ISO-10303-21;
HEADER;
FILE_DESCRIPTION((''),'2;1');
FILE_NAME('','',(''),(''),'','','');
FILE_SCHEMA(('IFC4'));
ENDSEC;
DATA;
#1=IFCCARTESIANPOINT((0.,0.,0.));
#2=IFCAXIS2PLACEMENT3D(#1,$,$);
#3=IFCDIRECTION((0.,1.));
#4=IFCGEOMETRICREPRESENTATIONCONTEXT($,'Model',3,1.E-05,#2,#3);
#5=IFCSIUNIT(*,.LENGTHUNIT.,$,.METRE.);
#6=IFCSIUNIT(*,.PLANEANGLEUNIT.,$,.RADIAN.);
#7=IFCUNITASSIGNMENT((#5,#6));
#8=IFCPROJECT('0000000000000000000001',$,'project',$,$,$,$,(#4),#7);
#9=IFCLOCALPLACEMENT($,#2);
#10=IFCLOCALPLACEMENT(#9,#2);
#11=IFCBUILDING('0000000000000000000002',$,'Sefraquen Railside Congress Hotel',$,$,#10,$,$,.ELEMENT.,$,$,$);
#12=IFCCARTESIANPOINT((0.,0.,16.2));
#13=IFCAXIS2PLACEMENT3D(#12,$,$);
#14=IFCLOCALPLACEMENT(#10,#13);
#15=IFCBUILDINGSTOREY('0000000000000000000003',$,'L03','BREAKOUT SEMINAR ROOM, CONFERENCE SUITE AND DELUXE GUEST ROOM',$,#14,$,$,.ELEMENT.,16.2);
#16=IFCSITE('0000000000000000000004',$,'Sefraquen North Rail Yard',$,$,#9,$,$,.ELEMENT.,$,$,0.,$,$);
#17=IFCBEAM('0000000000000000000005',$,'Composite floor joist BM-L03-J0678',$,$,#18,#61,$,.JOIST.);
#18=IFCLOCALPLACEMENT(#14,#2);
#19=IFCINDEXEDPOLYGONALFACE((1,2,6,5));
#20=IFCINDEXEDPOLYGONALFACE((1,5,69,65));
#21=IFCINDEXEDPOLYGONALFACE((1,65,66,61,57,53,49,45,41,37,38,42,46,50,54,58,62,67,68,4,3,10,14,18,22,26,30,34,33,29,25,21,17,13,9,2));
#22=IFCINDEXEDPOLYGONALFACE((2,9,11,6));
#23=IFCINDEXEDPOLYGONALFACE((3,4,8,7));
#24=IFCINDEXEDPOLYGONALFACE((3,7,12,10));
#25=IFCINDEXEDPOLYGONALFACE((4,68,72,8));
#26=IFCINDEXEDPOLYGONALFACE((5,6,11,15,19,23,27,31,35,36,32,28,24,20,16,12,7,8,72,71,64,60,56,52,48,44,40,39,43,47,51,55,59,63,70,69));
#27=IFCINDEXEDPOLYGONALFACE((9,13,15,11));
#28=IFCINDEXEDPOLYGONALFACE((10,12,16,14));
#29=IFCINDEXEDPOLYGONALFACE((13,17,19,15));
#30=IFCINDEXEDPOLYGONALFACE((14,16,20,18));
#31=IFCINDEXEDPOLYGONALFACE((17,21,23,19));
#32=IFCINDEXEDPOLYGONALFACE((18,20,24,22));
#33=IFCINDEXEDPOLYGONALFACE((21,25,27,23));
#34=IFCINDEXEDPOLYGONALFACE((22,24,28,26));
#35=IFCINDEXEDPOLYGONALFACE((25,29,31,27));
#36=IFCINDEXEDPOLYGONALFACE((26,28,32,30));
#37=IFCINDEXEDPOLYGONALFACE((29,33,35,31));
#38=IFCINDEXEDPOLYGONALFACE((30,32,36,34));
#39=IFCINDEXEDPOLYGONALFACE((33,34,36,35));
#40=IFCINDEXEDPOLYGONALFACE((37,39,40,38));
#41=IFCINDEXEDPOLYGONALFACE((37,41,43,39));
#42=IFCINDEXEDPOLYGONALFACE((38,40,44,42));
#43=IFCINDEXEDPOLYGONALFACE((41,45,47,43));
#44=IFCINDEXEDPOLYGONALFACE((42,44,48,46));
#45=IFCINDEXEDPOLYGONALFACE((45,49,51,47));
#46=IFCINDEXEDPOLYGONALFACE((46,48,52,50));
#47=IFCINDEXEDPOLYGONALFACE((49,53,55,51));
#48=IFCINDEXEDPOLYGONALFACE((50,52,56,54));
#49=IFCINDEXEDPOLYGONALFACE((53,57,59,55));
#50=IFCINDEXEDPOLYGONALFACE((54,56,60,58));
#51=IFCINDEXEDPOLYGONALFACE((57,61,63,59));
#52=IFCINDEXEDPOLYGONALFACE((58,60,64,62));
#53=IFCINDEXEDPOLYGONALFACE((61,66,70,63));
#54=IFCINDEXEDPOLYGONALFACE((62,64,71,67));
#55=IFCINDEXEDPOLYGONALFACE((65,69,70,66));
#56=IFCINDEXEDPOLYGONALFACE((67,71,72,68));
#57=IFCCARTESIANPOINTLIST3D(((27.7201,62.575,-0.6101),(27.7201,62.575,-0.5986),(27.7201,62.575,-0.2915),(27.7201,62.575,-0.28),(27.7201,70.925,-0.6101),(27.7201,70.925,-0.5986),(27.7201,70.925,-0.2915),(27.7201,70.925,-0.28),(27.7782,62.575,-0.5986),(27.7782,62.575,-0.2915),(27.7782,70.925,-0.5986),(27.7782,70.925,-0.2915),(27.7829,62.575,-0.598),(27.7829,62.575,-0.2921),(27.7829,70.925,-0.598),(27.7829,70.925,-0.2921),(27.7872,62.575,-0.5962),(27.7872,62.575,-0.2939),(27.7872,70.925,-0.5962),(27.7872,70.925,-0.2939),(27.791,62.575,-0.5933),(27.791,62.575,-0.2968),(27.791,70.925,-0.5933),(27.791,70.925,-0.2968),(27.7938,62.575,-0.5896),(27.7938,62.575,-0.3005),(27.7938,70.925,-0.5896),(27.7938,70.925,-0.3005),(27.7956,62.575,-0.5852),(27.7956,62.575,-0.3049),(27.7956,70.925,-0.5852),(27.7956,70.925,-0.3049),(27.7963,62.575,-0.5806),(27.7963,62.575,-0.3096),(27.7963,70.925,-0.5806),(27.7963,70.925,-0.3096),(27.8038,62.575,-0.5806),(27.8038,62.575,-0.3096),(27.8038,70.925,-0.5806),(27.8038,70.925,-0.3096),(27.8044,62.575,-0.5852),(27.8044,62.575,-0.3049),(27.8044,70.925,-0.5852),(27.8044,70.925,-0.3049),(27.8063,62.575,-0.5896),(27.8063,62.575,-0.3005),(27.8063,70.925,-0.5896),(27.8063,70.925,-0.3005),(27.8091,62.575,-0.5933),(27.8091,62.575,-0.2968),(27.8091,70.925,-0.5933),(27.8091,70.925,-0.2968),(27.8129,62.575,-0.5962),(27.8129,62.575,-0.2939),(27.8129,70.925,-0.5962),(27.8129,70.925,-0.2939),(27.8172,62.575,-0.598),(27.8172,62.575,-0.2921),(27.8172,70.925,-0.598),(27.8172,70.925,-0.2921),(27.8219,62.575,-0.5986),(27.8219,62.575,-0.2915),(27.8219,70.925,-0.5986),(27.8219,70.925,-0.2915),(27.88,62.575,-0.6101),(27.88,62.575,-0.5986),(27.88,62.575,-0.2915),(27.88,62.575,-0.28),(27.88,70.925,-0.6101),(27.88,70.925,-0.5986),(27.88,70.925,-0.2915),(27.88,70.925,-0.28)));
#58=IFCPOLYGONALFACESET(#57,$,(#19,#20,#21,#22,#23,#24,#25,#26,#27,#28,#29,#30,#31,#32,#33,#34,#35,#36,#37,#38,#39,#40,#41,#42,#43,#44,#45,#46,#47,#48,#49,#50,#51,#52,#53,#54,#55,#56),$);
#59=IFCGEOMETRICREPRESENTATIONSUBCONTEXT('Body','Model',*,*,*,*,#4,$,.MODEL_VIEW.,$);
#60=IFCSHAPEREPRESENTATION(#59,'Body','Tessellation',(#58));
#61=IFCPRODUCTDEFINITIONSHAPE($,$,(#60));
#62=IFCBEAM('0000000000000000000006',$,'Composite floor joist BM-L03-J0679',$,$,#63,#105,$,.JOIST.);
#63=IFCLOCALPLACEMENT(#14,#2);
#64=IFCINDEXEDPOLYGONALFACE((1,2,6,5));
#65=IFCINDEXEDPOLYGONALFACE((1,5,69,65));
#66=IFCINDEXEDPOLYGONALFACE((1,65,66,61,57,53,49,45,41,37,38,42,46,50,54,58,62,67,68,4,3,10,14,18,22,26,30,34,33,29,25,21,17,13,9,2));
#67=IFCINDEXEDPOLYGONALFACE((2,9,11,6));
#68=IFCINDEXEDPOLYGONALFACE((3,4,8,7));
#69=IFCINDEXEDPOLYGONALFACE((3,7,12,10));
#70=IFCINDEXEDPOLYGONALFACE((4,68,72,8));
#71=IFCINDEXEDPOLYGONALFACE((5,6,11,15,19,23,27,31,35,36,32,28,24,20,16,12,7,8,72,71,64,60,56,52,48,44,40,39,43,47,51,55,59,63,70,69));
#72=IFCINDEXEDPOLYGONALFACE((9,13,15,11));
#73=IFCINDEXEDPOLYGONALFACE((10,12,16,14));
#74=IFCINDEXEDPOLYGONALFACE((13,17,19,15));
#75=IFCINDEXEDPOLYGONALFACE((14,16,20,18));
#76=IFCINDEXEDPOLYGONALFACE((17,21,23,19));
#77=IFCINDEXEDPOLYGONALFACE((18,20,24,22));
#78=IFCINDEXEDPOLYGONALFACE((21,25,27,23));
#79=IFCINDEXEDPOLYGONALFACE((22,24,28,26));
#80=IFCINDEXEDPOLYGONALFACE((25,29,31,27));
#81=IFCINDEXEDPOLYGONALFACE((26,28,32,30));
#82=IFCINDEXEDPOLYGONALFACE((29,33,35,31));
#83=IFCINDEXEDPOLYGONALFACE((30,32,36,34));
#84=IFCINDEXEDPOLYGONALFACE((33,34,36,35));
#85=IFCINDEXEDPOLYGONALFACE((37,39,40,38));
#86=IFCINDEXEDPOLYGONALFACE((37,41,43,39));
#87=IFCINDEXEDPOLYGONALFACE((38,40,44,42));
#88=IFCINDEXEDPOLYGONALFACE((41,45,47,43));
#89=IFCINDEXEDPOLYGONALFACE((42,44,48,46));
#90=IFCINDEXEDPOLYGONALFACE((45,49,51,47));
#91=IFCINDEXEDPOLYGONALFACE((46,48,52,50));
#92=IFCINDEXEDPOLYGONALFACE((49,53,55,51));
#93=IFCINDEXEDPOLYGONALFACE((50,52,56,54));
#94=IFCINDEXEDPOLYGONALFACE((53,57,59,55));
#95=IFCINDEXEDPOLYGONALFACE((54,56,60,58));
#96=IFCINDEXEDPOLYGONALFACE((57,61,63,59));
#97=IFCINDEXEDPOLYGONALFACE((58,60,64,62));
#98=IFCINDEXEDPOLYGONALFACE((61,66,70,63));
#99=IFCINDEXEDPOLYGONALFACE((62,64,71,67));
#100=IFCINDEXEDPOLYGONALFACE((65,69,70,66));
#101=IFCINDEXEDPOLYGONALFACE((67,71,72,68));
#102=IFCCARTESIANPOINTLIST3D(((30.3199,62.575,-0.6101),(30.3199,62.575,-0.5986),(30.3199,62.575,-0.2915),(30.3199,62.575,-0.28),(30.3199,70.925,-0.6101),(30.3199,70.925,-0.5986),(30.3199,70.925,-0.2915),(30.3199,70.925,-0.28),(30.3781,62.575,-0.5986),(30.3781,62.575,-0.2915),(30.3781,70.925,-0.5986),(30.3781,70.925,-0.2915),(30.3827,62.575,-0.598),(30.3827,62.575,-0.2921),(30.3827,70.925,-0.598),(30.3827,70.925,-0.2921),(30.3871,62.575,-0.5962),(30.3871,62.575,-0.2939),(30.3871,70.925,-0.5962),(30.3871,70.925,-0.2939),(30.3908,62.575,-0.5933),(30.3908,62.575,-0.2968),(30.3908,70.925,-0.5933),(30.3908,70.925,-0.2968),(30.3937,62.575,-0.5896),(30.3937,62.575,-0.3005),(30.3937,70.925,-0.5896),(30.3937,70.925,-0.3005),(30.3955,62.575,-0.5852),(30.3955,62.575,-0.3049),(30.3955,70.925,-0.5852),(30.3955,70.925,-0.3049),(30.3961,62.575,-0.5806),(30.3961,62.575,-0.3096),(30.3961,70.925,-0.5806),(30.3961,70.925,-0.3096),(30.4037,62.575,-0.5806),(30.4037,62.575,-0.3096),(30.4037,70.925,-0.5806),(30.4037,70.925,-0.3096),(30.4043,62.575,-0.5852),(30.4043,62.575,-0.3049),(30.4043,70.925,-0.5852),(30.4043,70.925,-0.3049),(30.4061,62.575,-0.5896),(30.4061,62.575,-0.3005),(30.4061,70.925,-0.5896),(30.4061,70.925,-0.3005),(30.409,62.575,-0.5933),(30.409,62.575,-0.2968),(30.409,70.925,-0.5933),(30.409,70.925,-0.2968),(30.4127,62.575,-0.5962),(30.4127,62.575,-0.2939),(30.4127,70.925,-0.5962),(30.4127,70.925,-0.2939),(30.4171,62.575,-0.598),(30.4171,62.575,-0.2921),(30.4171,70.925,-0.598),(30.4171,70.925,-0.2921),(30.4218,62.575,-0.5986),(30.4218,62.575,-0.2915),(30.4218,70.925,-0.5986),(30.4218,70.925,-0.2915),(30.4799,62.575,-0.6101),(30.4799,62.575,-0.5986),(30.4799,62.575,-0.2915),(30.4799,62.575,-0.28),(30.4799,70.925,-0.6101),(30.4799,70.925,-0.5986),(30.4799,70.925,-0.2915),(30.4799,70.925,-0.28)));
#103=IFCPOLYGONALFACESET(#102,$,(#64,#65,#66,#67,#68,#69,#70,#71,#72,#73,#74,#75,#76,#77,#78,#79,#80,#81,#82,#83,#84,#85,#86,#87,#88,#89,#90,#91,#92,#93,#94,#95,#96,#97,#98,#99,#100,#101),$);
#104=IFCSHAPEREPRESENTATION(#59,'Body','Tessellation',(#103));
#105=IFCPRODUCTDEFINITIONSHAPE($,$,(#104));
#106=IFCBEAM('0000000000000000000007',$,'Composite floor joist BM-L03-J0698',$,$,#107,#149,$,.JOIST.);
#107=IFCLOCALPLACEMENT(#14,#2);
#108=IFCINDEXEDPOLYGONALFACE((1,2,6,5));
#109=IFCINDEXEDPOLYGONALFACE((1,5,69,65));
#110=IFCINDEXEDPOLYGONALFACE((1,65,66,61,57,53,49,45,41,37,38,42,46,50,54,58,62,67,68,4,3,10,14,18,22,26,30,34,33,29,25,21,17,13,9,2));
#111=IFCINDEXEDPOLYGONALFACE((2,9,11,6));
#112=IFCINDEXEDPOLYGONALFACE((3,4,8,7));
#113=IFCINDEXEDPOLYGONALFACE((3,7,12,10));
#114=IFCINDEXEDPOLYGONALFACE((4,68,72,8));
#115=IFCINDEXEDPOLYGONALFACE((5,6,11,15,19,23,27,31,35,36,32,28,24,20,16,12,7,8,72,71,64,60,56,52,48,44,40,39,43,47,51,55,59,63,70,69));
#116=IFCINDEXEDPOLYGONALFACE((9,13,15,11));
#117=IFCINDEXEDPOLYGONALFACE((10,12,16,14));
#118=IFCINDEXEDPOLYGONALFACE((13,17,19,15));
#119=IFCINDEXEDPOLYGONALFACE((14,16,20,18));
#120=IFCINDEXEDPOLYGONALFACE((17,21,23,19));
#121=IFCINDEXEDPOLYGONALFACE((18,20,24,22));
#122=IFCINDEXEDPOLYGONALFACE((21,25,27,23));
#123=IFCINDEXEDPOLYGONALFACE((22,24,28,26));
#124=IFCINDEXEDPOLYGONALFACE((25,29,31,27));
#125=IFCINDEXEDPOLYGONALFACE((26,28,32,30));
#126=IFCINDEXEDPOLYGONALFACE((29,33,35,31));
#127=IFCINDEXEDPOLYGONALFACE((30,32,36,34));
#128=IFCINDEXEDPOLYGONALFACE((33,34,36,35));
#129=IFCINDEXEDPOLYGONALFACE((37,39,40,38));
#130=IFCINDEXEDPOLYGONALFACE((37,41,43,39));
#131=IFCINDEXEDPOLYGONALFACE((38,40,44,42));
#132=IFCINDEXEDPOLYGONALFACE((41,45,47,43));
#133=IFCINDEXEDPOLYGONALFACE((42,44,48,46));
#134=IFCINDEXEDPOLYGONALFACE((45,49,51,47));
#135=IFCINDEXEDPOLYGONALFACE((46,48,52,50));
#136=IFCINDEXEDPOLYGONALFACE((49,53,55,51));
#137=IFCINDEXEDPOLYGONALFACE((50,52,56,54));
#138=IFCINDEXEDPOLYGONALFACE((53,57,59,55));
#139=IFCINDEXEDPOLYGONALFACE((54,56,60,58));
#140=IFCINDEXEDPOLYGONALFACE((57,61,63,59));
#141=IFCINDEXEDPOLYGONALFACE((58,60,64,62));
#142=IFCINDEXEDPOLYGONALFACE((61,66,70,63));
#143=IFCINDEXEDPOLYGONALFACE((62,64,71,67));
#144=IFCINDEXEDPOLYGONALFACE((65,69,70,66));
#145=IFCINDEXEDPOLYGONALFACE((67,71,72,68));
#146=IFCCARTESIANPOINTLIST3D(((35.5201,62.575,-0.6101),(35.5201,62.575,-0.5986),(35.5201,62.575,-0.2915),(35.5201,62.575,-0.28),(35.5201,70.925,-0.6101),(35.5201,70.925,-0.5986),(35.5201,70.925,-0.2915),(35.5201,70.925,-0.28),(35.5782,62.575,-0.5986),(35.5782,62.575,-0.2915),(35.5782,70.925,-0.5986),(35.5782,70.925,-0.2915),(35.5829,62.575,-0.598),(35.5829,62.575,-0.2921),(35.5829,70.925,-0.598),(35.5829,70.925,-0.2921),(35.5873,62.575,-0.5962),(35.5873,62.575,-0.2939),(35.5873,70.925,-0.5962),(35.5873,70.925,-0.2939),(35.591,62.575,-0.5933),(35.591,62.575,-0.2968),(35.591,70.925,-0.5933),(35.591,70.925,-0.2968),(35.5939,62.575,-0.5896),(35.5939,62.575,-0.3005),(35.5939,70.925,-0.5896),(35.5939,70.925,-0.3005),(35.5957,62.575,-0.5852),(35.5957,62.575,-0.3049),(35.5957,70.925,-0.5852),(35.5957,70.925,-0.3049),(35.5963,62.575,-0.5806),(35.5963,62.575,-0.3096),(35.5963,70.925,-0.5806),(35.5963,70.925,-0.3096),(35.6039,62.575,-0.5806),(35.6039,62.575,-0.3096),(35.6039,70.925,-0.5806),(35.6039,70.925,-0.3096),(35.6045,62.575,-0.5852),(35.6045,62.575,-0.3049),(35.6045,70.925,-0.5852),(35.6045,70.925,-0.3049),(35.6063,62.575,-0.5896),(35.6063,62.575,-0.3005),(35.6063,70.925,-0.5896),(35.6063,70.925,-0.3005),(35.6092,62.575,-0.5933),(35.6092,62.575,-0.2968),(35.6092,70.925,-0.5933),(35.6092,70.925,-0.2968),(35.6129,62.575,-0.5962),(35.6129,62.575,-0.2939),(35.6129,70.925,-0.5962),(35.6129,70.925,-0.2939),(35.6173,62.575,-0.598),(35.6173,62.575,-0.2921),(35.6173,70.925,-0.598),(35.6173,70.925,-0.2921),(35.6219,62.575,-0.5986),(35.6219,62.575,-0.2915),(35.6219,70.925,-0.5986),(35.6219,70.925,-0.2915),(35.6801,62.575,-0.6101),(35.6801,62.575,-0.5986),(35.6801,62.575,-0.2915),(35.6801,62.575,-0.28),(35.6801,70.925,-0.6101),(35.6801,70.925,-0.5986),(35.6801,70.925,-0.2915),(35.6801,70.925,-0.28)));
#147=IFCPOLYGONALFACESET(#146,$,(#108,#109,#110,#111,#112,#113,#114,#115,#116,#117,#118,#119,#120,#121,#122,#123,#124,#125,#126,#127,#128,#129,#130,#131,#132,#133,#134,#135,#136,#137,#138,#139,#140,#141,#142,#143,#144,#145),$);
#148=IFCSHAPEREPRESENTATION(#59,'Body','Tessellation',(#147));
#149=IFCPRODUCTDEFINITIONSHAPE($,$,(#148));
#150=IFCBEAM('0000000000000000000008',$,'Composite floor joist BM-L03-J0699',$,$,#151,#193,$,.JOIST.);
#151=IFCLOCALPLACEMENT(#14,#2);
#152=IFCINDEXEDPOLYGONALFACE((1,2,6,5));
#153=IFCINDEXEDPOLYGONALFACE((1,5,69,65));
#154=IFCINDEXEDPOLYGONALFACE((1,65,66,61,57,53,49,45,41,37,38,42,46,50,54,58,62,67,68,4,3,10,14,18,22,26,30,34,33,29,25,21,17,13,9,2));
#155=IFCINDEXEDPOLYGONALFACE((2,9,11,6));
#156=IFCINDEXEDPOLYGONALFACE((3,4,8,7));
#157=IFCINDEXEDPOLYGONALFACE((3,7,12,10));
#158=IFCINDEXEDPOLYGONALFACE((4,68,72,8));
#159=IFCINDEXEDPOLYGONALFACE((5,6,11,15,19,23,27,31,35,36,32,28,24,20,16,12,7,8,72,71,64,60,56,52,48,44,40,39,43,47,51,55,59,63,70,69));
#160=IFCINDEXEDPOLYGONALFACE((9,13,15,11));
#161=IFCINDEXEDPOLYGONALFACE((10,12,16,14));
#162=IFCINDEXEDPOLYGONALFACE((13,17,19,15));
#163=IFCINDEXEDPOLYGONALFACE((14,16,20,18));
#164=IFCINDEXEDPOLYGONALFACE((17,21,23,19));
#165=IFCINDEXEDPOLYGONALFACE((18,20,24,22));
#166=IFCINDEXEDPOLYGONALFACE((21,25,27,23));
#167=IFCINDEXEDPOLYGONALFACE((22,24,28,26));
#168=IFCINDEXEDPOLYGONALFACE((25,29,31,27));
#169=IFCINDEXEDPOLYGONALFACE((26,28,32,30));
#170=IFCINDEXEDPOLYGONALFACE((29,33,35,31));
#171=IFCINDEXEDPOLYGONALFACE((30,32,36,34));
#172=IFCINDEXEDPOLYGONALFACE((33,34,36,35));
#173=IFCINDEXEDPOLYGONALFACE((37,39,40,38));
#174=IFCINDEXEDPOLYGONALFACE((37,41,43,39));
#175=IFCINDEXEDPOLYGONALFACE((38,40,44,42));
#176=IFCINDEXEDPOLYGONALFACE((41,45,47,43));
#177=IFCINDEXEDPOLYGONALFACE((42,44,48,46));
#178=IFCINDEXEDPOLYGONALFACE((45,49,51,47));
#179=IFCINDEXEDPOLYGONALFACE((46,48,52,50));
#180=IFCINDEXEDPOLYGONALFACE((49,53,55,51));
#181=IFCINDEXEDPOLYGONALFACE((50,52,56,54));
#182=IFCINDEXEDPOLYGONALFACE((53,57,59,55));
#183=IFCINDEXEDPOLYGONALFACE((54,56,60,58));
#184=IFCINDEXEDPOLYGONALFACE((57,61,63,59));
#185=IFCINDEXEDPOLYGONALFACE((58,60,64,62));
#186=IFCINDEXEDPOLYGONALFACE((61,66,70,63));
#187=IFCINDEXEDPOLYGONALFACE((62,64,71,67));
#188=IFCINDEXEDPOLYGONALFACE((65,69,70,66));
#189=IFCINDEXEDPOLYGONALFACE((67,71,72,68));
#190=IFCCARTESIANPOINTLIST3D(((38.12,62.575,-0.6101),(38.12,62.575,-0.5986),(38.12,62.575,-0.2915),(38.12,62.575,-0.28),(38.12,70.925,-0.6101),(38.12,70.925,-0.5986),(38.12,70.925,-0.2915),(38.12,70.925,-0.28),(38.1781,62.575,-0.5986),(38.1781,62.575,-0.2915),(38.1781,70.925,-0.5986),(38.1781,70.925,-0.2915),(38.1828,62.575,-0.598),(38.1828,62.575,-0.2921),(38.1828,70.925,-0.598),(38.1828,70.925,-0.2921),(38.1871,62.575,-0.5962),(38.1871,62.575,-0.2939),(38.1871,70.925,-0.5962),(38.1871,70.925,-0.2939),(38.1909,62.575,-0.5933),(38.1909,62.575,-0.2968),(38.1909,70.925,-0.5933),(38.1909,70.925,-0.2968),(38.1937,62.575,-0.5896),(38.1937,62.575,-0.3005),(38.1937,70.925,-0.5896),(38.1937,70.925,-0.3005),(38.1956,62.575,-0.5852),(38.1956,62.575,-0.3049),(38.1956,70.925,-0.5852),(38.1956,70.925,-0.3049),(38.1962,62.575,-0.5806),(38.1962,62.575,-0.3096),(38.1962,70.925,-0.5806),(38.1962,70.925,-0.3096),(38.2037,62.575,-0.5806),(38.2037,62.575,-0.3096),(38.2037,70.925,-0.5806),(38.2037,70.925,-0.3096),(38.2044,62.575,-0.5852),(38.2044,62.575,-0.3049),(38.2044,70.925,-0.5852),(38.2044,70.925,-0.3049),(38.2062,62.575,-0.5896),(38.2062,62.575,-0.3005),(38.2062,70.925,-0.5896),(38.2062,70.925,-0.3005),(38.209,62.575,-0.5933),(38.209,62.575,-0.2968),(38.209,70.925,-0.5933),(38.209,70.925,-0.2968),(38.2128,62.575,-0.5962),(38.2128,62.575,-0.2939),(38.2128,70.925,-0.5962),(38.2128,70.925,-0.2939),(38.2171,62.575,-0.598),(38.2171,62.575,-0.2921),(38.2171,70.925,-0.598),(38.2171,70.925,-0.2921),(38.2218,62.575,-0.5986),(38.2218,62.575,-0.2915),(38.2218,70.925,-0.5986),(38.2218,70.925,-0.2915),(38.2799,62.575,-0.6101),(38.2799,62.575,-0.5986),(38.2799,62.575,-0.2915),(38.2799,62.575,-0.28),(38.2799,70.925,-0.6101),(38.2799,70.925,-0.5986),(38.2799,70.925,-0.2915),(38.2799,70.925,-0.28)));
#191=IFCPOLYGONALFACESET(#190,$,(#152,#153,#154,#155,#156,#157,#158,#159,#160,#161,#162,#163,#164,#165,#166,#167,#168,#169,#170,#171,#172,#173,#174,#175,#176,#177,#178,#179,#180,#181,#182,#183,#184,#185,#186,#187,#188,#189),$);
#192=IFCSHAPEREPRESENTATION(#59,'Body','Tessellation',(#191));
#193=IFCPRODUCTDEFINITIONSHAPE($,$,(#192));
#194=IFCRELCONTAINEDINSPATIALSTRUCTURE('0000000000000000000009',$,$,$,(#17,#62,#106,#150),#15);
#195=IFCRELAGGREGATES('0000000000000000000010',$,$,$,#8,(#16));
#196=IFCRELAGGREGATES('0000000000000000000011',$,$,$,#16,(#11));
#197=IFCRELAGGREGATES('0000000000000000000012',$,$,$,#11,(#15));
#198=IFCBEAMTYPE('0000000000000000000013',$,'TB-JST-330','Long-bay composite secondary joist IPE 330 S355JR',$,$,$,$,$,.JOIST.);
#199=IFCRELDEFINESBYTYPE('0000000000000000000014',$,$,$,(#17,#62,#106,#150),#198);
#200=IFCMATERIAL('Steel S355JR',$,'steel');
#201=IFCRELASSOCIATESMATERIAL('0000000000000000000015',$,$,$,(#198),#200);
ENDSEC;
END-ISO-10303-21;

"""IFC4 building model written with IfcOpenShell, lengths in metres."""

from ifc_helpers import new_model, si_unit, direction, frame, origin, origin_2d, place, context, subcontext, project, spatial, i_section, extrude, material, material_profile, profile_set, type_object, element, save


model = new_model("IFC4")

# Units and contexts
model_context = context("Model", 3, precision=1e-05, world=origin(), true_north=direction((0.0, 1.0)))
body_context = subcontext(model_context, "Body", "Model", "MODEL_VIEW")
ifc_project = project(units=[si_unit("LENGTHUNIT", "METRE"), si_unit("PLANEANGLEUNIT", "RADIAN")], contexts=[model_context])

# Site, building, storey
site_placement = place(None, origin())
site = spatial("IfcSite", under=ifc_project, at=site_placement, Name="Sefraquen North Rail Yard", CompositionType="ELEMENT", RefElevation=0.0)
building_placement = place(site_placement, origin())
building = spatial("IfcBuilding", under=site, at=building_placement, Name="Sefraquen Railside Congress Hotel", CompositionType="ELEMENT")
storey_placement = place(building_placement, frame((0.0, 0.0, 16.2)))
storey = spatial("IfcBuildingStorey", under=building, at=storey_placement, Name="L03", Description="BREAKOUT SEMINAR ROOM, CONFERENCE SUITE AND DELUXE GUEST ROOM", CompositionType="ELEMENT", Elevation=16.2)

# Shared definitions
ifc_material_1 = material(Name="Steel S355JR", Category="steel")

# Beams
ifc_material_profile_1 = material_profile(ifc_material_1, i_section(OverallWidth=0.1599, OverallDepth=0.3301, WebThickness=0.0076, FlangeThickness=0.0115, FilletRadius=0.0181, at=origin_2d()), Name="IPE 330")
ifc_profile_set_1 = profile_set([ifc_material_profile_1], Name="Steel S355JR")
beam_type_1 = type_object("IfcBeamType", Name="TB-JST-330", Description="Long-bay composite secondary joist IPE 330 S355JR", PredefinedType="JOIST", material=ifc_profile_set_1)
for number, where, z_axis, x_axis, name in (
    (1, (27.8, 62.575, -0.4451), (0.0, 1.0, 0.0), (-1.0, 0.0, 0.0), "Composite floor joist BM-L03-J0678"),
    (2, (30.3999, 62.575, -0.4451), (0.0, 1.0, 0.0), (-1.0, 0.0, 0.0), "Composite floor joist BM-L03-J0679"),
    (3, (35.6001, 62.575, -0.4451), (0.0, 1.0, 0.0), (-1.0, 0.0, 0.0), "Composite floor joist BM-L03-J0698"),
    (4, (38.2, 62.575, -0.4451), (0.0, 1.0, 0.0), (-1.0, 0.0, 0.0), "Composite floor joist BM-L03-J0699"),
):
    element("IfcBeam", number, at=place(storey_placement, frame(where, z_axis=z_axis, x_axis=x_axis)), inside=storey, type_object=beam_type_1, Name=name, PredefinedType="JOIST", context=body_context, shape_type="SweptSolid", body=[
        extrude(i_section(OverallWidth=0.1599, OverallDepth=0.3301, WebThickness=0.0076, FlangeThickness=0.0115, FilletRadius=0.0181, at=origin_2d()), origin(), (0.0, 0.0, 1.0), 8.3501),
    ])

save(model, "model.ifc")
